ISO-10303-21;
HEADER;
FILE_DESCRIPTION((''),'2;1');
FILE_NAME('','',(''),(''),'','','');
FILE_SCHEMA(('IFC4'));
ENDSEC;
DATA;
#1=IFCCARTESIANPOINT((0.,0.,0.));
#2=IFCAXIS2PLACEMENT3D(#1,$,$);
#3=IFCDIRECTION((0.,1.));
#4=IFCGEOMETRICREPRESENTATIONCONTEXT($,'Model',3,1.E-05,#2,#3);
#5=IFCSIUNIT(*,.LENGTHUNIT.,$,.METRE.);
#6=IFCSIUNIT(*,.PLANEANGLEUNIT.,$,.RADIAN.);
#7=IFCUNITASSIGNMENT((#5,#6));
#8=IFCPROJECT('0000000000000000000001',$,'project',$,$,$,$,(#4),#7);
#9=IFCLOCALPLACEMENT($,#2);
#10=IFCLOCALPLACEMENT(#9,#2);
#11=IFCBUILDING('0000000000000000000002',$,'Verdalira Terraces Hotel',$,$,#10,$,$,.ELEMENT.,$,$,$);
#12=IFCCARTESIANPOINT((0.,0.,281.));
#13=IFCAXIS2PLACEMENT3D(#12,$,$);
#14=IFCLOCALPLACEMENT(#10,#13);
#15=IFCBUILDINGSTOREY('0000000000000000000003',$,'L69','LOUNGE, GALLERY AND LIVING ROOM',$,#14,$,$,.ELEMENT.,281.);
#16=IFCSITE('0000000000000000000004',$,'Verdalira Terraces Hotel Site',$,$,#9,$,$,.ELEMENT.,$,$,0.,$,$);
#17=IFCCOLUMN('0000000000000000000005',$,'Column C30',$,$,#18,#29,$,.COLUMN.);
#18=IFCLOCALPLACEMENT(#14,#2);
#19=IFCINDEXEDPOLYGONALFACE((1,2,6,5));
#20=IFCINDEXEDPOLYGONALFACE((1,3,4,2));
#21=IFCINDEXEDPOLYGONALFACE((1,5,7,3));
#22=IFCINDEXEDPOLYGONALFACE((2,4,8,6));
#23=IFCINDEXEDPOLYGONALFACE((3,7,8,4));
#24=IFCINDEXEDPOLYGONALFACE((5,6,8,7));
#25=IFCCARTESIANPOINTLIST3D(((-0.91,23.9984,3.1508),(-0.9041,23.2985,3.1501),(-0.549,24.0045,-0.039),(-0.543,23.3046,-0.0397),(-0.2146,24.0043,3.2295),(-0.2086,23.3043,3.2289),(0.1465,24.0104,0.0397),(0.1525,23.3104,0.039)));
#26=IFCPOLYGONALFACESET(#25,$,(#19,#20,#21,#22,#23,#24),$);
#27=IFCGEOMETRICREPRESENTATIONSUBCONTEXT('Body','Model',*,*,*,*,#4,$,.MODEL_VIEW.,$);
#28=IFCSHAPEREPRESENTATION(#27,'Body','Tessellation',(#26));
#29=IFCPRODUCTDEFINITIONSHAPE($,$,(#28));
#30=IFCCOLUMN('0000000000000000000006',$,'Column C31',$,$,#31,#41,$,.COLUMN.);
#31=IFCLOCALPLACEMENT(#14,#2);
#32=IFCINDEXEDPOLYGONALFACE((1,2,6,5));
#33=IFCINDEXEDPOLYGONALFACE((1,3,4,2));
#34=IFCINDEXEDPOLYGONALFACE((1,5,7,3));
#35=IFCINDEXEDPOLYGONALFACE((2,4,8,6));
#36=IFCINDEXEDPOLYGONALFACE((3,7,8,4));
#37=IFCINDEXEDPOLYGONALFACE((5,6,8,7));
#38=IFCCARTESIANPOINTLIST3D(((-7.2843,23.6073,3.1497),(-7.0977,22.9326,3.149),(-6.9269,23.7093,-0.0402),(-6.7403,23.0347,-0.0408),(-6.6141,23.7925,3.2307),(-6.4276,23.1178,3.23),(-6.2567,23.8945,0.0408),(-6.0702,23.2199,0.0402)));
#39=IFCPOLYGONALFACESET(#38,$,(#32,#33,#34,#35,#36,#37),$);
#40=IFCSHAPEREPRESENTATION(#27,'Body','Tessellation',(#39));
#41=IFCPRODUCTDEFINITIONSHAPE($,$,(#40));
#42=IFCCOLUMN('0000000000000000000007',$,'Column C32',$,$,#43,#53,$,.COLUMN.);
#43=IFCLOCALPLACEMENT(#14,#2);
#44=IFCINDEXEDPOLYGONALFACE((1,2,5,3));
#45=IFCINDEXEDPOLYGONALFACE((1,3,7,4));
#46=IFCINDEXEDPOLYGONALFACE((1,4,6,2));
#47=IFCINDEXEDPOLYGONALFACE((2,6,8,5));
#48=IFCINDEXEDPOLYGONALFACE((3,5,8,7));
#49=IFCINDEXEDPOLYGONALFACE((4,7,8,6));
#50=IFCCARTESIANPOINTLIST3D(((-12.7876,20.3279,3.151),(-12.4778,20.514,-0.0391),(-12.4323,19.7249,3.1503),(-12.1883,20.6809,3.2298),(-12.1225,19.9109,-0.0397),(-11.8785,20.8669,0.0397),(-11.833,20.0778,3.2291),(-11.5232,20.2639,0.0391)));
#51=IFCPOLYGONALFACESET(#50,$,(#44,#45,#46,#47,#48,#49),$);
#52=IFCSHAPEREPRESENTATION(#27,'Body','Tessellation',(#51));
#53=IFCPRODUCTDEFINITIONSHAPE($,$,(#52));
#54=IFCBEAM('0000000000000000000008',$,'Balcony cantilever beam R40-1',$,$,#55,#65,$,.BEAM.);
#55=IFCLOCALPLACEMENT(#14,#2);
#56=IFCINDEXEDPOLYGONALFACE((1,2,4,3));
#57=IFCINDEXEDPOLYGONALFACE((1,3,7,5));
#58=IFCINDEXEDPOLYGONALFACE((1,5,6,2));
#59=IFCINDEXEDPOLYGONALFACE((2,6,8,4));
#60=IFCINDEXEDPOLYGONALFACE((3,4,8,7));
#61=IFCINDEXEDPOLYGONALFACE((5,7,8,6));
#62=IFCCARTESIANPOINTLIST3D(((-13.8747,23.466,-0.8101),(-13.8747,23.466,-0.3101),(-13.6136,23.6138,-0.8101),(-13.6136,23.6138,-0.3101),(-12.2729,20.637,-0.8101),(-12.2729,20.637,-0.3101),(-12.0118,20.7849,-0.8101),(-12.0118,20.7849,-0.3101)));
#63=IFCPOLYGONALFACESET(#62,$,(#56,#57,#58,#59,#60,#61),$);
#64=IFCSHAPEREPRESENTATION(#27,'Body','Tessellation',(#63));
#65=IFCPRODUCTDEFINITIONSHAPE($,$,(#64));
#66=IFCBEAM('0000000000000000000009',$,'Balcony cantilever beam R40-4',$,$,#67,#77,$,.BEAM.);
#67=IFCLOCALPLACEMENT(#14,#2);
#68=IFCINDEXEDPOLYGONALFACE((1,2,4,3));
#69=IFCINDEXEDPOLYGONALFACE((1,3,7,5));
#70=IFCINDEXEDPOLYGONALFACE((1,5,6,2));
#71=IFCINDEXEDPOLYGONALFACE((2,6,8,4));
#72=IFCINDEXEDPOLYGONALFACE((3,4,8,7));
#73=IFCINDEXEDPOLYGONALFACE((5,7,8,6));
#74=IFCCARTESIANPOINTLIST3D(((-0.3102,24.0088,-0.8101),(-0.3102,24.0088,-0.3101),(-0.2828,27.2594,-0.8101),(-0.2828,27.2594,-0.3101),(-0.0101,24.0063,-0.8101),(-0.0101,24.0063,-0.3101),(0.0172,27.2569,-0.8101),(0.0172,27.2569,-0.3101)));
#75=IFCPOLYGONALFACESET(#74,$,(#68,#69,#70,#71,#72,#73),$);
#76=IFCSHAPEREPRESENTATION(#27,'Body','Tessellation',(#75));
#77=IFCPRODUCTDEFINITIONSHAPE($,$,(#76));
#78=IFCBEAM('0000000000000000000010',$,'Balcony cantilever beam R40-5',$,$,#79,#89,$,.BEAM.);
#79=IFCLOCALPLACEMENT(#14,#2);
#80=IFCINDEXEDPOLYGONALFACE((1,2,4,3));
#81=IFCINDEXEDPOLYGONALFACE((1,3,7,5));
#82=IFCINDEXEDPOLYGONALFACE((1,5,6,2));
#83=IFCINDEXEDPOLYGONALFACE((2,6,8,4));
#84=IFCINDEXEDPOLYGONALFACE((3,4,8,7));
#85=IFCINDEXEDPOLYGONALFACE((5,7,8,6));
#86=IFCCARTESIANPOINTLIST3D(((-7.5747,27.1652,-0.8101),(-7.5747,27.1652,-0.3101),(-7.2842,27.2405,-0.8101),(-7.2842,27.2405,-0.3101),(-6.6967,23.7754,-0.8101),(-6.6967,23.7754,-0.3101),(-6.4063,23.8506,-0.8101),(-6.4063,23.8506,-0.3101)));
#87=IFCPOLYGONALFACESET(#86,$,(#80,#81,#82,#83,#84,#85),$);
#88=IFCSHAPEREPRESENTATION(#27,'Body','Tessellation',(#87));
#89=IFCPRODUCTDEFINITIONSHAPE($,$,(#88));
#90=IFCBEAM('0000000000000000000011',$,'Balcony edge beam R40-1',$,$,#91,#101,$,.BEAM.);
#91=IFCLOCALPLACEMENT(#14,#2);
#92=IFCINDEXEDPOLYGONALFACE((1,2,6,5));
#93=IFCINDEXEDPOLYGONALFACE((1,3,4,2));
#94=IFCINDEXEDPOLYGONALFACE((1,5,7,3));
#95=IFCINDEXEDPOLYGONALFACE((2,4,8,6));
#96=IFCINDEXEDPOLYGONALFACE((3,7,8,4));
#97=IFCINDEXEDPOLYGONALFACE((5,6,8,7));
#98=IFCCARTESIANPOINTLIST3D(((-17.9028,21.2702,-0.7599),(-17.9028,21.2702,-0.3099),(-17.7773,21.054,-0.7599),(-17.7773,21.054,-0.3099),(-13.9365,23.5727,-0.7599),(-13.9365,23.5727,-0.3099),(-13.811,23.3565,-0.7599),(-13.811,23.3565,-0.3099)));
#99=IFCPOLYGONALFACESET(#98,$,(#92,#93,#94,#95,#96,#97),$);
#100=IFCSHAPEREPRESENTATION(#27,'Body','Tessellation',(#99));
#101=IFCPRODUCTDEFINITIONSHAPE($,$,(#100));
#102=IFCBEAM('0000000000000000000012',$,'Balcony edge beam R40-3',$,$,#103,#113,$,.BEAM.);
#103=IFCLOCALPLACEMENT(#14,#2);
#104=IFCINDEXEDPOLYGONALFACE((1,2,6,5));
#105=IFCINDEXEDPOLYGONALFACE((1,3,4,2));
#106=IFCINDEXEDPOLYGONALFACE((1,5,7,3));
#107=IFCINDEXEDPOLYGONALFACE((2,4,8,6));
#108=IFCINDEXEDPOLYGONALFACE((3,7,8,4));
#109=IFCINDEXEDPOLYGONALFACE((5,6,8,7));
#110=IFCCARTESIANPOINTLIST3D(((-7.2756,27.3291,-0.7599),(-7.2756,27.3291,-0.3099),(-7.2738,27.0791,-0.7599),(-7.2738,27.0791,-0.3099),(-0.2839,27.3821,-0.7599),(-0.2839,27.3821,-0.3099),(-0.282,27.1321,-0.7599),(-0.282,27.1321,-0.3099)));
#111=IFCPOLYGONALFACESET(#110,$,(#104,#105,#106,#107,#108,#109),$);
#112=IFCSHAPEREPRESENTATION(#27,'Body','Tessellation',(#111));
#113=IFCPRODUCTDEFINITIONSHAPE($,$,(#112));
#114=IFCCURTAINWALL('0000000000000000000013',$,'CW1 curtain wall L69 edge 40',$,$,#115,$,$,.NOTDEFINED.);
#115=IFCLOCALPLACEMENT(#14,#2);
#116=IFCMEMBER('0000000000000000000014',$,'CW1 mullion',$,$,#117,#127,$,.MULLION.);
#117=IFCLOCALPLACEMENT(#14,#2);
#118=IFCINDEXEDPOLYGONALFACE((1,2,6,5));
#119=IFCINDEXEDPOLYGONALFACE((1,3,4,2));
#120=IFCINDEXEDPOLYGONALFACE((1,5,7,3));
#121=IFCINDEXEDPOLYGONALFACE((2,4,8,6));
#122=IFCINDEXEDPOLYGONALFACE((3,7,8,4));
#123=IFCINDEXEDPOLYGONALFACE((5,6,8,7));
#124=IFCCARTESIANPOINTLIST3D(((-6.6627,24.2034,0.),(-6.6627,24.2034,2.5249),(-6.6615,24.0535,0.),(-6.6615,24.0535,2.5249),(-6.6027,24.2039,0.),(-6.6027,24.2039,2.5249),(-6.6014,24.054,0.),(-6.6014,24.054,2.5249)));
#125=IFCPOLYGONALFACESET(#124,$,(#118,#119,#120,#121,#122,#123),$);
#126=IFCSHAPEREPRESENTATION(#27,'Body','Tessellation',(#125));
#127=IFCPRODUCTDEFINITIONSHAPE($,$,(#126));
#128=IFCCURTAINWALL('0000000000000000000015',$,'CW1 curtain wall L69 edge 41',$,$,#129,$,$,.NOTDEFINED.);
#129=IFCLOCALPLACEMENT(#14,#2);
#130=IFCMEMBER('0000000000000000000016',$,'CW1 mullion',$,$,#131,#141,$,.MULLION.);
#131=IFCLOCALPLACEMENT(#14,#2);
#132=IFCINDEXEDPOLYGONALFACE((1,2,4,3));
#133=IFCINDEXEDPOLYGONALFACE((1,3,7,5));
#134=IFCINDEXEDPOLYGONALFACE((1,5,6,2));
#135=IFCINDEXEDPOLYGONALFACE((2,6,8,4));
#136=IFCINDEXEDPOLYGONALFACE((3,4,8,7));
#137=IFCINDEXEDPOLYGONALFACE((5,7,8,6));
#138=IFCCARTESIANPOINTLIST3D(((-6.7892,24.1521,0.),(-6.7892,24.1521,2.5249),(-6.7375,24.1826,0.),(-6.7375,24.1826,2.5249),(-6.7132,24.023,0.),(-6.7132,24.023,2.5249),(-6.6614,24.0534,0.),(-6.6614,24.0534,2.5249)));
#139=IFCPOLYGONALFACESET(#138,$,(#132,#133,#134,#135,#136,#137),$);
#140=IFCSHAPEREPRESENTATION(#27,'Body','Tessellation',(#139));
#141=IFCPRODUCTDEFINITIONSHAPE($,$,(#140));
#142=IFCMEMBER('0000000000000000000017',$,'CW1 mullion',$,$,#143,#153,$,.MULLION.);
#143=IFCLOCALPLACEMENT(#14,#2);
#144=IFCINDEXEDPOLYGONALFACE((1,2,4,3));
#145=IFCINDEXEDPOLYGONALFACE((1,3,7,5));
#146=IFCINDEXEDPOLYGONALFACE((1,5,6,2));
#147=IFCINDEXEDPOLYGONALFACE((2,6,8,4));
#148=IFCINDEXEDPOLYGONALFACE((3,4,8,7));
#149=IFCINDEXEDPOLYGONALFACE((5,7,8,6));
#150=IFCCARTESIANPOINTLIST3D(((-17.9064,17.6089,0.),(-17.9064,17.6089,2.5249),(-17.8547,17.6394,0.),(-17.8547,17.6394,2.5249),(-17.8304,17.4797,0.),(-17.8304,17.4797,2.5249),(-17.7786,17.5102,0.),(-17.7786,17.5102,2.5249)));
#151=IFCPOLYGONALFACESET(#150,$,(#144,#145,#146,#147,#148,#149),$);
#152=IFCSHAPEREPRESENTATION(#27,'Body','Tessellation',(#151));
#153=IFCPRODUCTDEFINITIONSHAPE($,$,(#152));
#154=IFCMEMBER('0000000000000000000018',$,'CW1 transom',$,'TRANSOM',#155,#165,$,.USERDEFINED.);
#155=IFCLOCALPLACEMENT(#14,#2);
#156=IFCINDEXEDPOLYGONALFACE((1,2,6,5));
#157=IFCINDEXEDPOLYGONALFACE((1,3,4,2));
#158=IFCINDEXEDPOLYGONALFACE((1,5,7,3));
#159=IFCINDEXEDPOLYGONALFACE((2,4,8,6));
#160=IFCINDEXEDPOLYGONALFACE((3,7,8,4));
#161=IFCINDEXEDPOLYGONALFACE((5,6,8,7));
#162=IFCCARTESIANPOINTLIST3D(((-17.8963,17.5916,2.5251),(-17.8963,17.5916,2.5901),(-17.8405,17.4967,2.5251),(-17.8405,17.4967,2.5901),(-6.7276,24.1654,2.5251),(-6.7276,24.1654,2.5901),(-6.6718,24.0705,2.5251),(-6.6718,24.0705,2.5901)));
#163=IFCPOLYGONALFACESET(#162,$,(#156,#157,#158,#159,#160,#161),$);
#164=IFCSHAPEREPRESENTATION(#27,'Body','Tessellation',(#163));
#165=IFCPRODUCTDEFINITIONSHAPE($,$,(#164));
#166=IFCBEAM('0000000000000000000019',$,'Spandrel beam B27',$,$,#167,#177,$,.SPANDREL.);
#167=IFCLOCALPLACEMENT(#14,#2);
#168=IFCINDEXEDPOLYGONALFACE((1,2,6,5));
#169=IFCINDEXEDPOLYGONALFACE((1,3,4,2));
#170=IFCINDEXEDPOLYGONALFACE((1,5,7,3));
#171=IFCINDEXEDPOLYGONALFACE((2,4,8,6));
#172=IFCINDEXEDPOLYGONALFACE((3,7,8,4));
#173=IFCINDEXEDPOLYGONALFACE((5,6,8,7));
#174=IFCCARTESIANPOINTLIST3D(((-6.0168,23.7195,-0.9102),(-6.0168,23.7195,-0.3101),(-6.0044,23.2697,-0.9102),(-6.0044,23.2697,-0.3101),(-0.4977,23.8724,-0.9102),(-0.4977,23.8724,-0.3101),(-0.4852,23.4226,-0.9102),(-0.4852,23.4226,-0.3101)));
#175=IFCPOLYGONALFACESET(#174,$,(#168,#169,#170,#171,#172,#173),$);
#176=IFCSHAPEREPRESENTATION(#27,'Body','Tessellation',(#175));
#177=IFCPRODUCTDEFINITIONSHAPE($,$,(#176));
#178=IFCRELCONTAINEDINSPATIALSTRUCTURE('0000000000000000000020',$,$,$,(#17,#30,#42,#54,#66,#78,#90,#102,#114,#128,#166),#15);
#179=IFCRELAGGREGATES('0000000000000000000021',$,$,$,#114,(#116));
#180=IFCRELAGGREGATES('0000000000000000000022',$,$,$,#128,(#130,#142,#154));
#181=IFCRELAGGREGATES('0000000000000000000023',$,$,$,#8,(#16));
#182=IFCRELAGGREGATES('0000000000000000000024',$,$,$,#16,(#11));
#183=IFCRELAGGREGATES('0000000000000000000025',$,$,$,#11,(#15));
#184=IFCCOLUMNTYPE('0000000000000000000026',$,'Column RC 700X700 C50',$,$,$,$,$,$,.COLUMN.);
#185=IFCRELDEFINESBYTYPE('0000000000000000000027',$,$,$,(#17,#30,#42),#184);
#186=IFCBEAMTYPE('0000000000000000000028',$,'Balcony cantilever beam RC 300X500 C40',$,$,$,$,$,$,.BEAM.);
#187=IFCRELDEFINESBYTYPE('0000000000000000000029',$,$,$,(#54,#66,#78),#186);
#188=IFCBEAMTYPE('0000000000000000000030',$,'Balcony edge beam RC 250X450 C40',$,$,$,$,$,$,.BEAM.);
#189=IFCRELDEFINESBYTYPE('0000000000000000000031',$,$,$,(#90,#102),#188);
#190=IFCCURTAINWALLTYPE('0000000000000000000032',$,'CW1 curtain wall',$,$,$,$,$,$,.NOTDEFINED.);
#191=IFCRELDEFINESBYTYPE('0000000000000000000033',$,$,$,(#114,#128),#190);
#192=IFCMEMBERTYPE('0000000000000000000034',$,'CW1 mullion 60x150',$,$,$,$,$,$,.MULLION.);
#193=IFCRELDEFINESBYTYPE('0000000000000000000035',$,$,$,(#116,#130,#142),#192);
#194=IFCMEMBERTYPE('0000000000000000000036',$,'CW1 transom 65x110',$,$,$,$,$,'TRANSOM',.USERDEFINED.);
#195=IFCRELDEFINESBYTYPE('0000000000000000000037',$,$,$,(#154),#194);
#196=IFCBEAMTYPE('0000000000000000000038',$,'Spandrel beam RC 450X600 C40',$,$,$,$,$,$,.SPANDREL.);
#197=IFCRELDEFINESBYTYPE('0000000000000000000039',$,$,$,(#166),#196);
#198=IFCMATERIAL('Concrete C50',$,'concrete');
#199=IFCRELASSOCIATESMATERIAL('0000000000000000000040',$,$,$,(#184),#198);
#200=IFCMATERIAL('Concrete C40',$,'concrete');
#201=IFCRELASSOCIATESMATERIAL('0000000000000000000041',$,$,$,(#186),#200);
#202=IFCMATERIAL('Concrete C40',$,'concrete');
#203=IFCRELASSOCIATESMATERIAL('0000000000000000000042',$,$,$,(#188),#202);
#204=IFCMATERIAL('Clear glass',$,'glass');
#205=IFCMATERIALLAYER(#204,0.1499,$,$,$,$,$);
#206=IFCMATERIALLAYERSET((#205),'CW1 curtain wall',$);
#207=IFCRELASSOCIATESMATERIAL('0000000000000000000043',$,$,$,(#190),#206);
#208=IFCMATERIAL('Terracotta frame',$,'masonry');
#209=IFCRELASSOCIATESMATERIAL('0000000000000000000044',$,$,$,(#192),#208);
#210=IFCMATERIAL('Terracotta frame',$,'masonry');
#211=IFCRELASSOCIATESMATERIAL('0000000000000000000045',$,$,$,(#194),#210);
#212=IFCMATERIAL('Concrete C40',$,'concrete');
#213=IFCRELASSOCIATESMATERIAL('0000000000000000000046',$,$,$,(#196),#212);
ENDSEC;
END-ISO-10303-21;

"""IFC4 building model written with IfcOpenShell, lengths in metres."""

from ifc_helpers import new_model, si_unit, direction, frame, origin, origin_2d, place, context, subcontext, project, spatial, rectangle, extrude, material, layer, layer_set, material_profile, profile_set, type_object, element, aggregate, save


model = new_model("IFC4")

# Units and contexts
model_context = context("Model", 3, precision=1e-05, world=origin(), true_north=direction((0.0, 1.0)))
body_context = subcontext(model_context, "Body", "Model", "MODEL_VIEW")
ifc_project = project(units=[si_unit("LENGTHUNIT", "METRE"), si_unit("PLANEANGLEUNIT", "RADIAN")], contexts=[model_context])

# Site, building, storey
site_placement = place(None, origin())
site = spatial("IfcSite", under=ifc_project, at=site_placement, Name="Verdalira Terraces Hotel Site", CompositionType="ELEMENT", RefElevation=0.0)
building_placement = place(site_placement, origin())
building = spatial("IfcBuilding", under=site, at=building_placement, Name="Verdalira Terraces Hotel", CompositionType="ELEMENT")
storey_placement = place(building_placement, frame((0.0, 0.0, 281.0)))
storey = spatial("IfcBuildingStorey", under=building, at=storey_placement, Name="L69", Description="LOUNGE, GALLERY AND LIVING ROOM", CompositionType="ELEMENT", Elevation=281.0)

# Columns
ifc_material_1 = material(Name="Concrete C50", Category="concrete")
ifc_material_profile_1 = material_profile(ifc_material_1, rectangle(XDim=0.7, YDim=0.7, at=origin_2d()), Name="RC 700X700")
ifc_profile_set_1 = profile_set([ifc_material_profile_1], Name="Concrete C50")
column_type = type_object("IfcColumnType", Name="Column RC 700X700 C50", PredefinedType="COLUMN", material=ifc_profile_set_1)
column_1_placement = place(storey_placement, frame((-0.1982, 23.6575, 0.0), z_axis=(-0.112476, -0.001901, 0.993653), x_axis=(-0.993618, -0.008363, -0.112488)))
element("IfcColumn", 1, at=column_1_placement, inside=storey, type_object=column_type, Name="Column C30", PredefinedType="COLUMN", context=body_context, shape_type="SweptSolid", body=[
    extrude(rectangle(XDim=0.7, YDim=0.7, at=origin_2d()), origin(), (0.0, 0.0, 1.0), 3.2102),
])
column_2_placement = place(storey_placement, frame((-6.4985, 23.4646, 0.0), z_axis=(-0.111294, -0.031776, 0.993279), x_axis=(0.957393, 0.264584, 0.115737)))
element("IfcColumn", 2, at=column_2_placement, inside=storey, type_object=column_type, Name="Column C31", PredefinedType="COLUMN", context=body_context, shape_type="SweptSolid", body=[
    extrude(rectangle(XDim=0.7, YDim=0.7, at=origin_2d()), origin(), (0.0, 0.0, 1.0), 3.2114),
])
column_3_placement = place(storey_placement, frame((-12.0005, 20.3889, 0.0), z_axis=(-0.096505, -0.057949, 0.993644), x_axis=(-0.856175, -0.504275, -0.112563)))
element("IfcColumn", 3, at=column_3_placement, inside=storey, type_object=column_type, Name="Column C32", PredefinedType="COLUMN", context=body_context, shape_type="SweptSolid", body=[
    extrude(rectangle(XDim=0.7, YDim=0.7, at=origin_2d()), origin(), (0.0, 0.0, 1.0), 3.2104),
])

# Beams
ifc_material_2 = material(Name="Concrete C40", Category="concrete")
ifc_material_profile_2 = material_profile(ifc_material_2, rectangle(XDim=0.3, YDim=0.5, at=origin_2d()), Name="RC 300X500")
ifc_profile_set_2 = profile_set([ifc_material_profile_2], Name="Concrete C40")
beam_type_1 = type_object("IfcBeamType", Name="Balcony cantilever beam RC 300X500 C40", PredefinedType="BEAM", material=ifc_profile_set_2)
beam_1_placement = place(storey_placement, frame((-12.1423, 20.7109, -0.5601), z_axis=(-0.49273, 0.870182, 0.0), x_axis=(-0.870182, -0.49273, 0.0)))
element("IfcBeam", 4, at=beam_1_placement, inside=storey, type_object=beam_type_1, Name="Balcony cantilever beam R40-1", PredefinedType="BEAM", context=body_context, shape_type="SweptSolid", body=[
    extrude(rectangle(XDim=0.3, YDim=0.5, at=origin_2d()), origin(), (0.0, 0.0, 1.0), 3.251),
])
beam_2_placement = place(storey_placement, frame((-0.1602, 24.0076, -0.5601), z_axis=(0.008411, 0.999965, 0.0), x_axis=(-0.999965, 0.008411, 0.0)))
element("IfcBeam", 5, at=beam_2_placement, inside=storey, type_object=beam_type_1, Name="Balcony cantilever beam R40-4", PredefinedType="BEAM", context=body_context, shape_type="SweptSolid", body=[
    extrude(rectangle(XDim=0.3, YDim=0.5, at=origin_2d()), origin(), (0.0, 0.0, 1.0), 3.2507),
])
beam_3_placement = place(storey_placement, frame((-6.5515, 23.813, -0.5601), z_axis=(-0.250713, 0.968061, 0.0), x_axis=(-0.968061, -0.250713, 0.0)))
element("IfcBeam", 6, at=beam_3_placement, inside=storey, type_object=beam_type_1, Name="Balcony cantilever beam R40-5", PredefinedType="BEAM", context=body_context, shape_type="SweptSolid", body=[
    extrude(rectangle(XDim=0.3, YDim=0.5, at=origin_2d()), origin(), (0.0, 0.0, 1.0), 3.5017),
])
ifc_material_3 = material(Name="Concrete C40", Category="concrete")
ifc_material_profile_3 = material_profile(ifc_material_3, rectangle(XDim=0.25, YDim=0.45, at=origin_2d()), Name="RC 250X450")
ifc_profile_set_3 = profile_set([ifc_material_profile_3], Name="Concrete C40")
beam_type_2 = type_object("IfcBeamType", Name="Balcony edge beam RC 250X450 C40", PredefinedType="BEAM", material=ifc_profile_set_3)
beam_4_placement = place(storey_placement, frame((-13.8738, 23.4646, -0.5349), z_axis=(-0.864839, -0.502049, 0.0), x_axis=(0.502049, -0.864839, 0.0)))
element("IfcBeam", 7, at=beam_4_placement, inside=storey, type_object=beam_type_2, Name="Balcony edge beam R40-1", PredefinedType="BEAM", context=body_context, shape_type="SweptSolid", body=[
    extrude(rectangle(XDim=0.25, YDim=0.45, at=origin_2d()), origin(), (0.0, 0.0, 1.0), 4.5862),
])
beam_5_placement = place(storey_placement, frame((-0.283, 27.2571, -0.5349), z_axis=(-0.999971, -0.007577, 0.0), x_axis=(0.007577, -0.999971, 0.0)))
element("IfcBeam", 8, at=beam_5_placement, inside=storey, type_object=beam_type_2, Name="Balcony edge beam R40-3", PredefinedType="BEAM", context=body_context, shape_type="SweptSolid", body=[
    extrude(rectangle(XDim=0.25, YDim=0.45, at=origin_2d()), origin(), (0.0, 0.0, 1.0), 6.9919),
])

# Curtain wall, member
ifc_material_4 = material(Name="Clear glass", Category="glass")
ifc_layer_1 = layer(ifc_material_4, 0.1499)
ifc_layer_set_1 = layer_set([ifc_layer_1], Name="CW1 curtain wall")
curtain_wall_type = type_object("IfcCurtainWallType", Name="CW1 curtain wall", PredefinedType="NOTDEFINED", material=ifc_layer_set_1)
curtain_wall_1_placement = place(storey_placement, origin())
curtain_wall_1 = element("IfcCurtainWall", 9, at=curtain_wall_1_placement, inside=storey, type_object=curtain_wall_type, Name="CW1 curtain wall L69 edge 40", PredefinedType="NOTDEFINED")
ifc_material_5 = material(Name="Terracotta frame", Category="masonry")
ifc_material_profile_4 = material_profile(ifc_material_5, rectangle(XDim=0.0601, YDim=0.1499, at=origin_2d()), Name="MU 60x150")
ifc_profile_set_4 = profile_set([ifc_material_profile_4], Name="Terracotta frame")
member_type_1 = type_object("IfcMemberType", Name="CW1 mullion 60x150", PredefinedType="MULLION", material=ifc_profile_set_4)
member_1_placement = place(storey_placement, frame((-6.6321, 24.1287, 0.0), z_axis=(0.0, 0.0, 1.0), x_axis=(-0.999965, -0.008377, 0.0)))
member_1 = element("IfcMember", 10, at=member_1_placement, type_object=member_type_1, Name="CW1 mullion", PredefinedType="MULLION", context=body_context, shape_type="SweptSolid", body=[
    extrude(rectangle(XDim=0.0601, YDim=0.1499, at=origin_2d()), origin(), (0.0, 0.0, 1.0), 2.5249),
])

# Curtain wall, members
curtain_wall_2_placement = place(storey_placement, origin())
curtain_wall_2 = element("IfcCurtainWall", 11, at=curtain_wall_2_placement, inside=storey, type_object=curtain_wall_type, Name="CW1 curtain wall L69 edge 41", PredefinedType="NOTDEFINED")
member_2_placement = place(storey_placement, frame((-6.7253, 24.1028, 0.0), z_axis=(0.0, 0.0, 1.0), x_axis=(-0.861806, -0.507238, 0.0)))
member_2 = element("IfcMember", 12, at=member_2_placement, type_object=member_type_1, Name="CW1 mullion", PredefinedType="MULLION", context=body_context, shape_type="SweptSolid", body=[
    extrude(rectangle(XDim=0.0601, YDim=0.1499, at=origin_2d()), origin(), (0.0, 0.0, 1.0), 2.5249),
])
member_3_placement = place(storey_placement, frame((-17.8425, 17.5596, 0.0), z_axis=(0.0, 0.0, 1.0), x_axis=(-0.861806, -0.507238, 0.0)))
member_3 = element("IfcMember", 13, at=member_3_placement, type_object=member_type_1, Name="CW1 mullion", PredefinedType="MULLION", context=body_context, shape_type="SweptSolid", body=[
    extrude(rectangle(XDim=0.0601, YDim=0.1499, at=origin_2d()), origin(), (0.0, 0.0, 1.0), 2.5249),
])
ifc_material_6 = material(Name="Terracotta frame", Category="masonry")
ifc_material_profile_5 = material_profile(ifc_material_6, rectangle(XDim=0.1101, YDim=0.0649, at=origin_2d()), Name="TR 65x110")
ifc_profile_set_5 = profile_set([ifc_material_profile_5], Name="Terracotta frame")
member_type_2 = type_object("IfcMemberType", Name="CW1 transom 65x110", ElementType="TRANSOM", PredefinedType="USERDEFINED", material=ifc_profile_set_5)
member_4_placement = place(storey_placement, frame((-6.6997, 24.1179, 2.5576), z_axis=(-0.861802, -0.507244, 0.0), x_axis=(0.507244, -0.861802, 0.0)))
member_4 = element("IfcMember", 14, at=member_4_placement, type_object=member_type_2, Name="CW1 transom", ObjectType="TRANSOM", PredefinedType="USERDEFINED", context=body_context, shape_type="SweptSolid", body=[
    extrude(rectangle(XDim=0.1101, YDim=0.0649, at=origin_2d()), origin(), (0.0, 0.0, 1.0), 12.9597),
])

# Beam
ifc_material_7 = material(Name="Concrete C40", Category="concrete")
ifc_material_profile_6 = material_profile(ifc_material_7, rectangle(XDim=0.45, YDim=0.6001, at=origin_2d()), Name="RC 450X600")
ifc_profile_set_6 = profile_set([ifc_material_profile_6], Name="Concrete C40")
beam_type_3 = type_object("IfcBeamType", Name="Spandrel beam RC 450X600 C40", PredefinedType="SPANDREL", material=ifc_profile_set_6)
beam_6_placement = place(storey_placement, frame((-0.4915, 23.6475, -0.6101), z_axis=(-0.999617, -0.027681, 0.0), x_axis=(0.027681, -0.999617, 0.0)))
element("IfcBeam", 15, at=beam_6_placement, inside=storey, type_object=beam_type_3, Name="Spandrel beam B27", PredefinedType="SPANDREL", context=body_context, shape_type="SweptSolid", body=[
    extrude(rectangle(XDim=0.45, YDim=0.6001, at=origin_2d()), origin(), (0.0, 0.0, 1.0), 5.5212),
])

aggregate(curtain_wall_1, [member_1])
aggregate(curtain_wall_2, [member_2, member_3, member_4])

save(model, "model.ifc")
